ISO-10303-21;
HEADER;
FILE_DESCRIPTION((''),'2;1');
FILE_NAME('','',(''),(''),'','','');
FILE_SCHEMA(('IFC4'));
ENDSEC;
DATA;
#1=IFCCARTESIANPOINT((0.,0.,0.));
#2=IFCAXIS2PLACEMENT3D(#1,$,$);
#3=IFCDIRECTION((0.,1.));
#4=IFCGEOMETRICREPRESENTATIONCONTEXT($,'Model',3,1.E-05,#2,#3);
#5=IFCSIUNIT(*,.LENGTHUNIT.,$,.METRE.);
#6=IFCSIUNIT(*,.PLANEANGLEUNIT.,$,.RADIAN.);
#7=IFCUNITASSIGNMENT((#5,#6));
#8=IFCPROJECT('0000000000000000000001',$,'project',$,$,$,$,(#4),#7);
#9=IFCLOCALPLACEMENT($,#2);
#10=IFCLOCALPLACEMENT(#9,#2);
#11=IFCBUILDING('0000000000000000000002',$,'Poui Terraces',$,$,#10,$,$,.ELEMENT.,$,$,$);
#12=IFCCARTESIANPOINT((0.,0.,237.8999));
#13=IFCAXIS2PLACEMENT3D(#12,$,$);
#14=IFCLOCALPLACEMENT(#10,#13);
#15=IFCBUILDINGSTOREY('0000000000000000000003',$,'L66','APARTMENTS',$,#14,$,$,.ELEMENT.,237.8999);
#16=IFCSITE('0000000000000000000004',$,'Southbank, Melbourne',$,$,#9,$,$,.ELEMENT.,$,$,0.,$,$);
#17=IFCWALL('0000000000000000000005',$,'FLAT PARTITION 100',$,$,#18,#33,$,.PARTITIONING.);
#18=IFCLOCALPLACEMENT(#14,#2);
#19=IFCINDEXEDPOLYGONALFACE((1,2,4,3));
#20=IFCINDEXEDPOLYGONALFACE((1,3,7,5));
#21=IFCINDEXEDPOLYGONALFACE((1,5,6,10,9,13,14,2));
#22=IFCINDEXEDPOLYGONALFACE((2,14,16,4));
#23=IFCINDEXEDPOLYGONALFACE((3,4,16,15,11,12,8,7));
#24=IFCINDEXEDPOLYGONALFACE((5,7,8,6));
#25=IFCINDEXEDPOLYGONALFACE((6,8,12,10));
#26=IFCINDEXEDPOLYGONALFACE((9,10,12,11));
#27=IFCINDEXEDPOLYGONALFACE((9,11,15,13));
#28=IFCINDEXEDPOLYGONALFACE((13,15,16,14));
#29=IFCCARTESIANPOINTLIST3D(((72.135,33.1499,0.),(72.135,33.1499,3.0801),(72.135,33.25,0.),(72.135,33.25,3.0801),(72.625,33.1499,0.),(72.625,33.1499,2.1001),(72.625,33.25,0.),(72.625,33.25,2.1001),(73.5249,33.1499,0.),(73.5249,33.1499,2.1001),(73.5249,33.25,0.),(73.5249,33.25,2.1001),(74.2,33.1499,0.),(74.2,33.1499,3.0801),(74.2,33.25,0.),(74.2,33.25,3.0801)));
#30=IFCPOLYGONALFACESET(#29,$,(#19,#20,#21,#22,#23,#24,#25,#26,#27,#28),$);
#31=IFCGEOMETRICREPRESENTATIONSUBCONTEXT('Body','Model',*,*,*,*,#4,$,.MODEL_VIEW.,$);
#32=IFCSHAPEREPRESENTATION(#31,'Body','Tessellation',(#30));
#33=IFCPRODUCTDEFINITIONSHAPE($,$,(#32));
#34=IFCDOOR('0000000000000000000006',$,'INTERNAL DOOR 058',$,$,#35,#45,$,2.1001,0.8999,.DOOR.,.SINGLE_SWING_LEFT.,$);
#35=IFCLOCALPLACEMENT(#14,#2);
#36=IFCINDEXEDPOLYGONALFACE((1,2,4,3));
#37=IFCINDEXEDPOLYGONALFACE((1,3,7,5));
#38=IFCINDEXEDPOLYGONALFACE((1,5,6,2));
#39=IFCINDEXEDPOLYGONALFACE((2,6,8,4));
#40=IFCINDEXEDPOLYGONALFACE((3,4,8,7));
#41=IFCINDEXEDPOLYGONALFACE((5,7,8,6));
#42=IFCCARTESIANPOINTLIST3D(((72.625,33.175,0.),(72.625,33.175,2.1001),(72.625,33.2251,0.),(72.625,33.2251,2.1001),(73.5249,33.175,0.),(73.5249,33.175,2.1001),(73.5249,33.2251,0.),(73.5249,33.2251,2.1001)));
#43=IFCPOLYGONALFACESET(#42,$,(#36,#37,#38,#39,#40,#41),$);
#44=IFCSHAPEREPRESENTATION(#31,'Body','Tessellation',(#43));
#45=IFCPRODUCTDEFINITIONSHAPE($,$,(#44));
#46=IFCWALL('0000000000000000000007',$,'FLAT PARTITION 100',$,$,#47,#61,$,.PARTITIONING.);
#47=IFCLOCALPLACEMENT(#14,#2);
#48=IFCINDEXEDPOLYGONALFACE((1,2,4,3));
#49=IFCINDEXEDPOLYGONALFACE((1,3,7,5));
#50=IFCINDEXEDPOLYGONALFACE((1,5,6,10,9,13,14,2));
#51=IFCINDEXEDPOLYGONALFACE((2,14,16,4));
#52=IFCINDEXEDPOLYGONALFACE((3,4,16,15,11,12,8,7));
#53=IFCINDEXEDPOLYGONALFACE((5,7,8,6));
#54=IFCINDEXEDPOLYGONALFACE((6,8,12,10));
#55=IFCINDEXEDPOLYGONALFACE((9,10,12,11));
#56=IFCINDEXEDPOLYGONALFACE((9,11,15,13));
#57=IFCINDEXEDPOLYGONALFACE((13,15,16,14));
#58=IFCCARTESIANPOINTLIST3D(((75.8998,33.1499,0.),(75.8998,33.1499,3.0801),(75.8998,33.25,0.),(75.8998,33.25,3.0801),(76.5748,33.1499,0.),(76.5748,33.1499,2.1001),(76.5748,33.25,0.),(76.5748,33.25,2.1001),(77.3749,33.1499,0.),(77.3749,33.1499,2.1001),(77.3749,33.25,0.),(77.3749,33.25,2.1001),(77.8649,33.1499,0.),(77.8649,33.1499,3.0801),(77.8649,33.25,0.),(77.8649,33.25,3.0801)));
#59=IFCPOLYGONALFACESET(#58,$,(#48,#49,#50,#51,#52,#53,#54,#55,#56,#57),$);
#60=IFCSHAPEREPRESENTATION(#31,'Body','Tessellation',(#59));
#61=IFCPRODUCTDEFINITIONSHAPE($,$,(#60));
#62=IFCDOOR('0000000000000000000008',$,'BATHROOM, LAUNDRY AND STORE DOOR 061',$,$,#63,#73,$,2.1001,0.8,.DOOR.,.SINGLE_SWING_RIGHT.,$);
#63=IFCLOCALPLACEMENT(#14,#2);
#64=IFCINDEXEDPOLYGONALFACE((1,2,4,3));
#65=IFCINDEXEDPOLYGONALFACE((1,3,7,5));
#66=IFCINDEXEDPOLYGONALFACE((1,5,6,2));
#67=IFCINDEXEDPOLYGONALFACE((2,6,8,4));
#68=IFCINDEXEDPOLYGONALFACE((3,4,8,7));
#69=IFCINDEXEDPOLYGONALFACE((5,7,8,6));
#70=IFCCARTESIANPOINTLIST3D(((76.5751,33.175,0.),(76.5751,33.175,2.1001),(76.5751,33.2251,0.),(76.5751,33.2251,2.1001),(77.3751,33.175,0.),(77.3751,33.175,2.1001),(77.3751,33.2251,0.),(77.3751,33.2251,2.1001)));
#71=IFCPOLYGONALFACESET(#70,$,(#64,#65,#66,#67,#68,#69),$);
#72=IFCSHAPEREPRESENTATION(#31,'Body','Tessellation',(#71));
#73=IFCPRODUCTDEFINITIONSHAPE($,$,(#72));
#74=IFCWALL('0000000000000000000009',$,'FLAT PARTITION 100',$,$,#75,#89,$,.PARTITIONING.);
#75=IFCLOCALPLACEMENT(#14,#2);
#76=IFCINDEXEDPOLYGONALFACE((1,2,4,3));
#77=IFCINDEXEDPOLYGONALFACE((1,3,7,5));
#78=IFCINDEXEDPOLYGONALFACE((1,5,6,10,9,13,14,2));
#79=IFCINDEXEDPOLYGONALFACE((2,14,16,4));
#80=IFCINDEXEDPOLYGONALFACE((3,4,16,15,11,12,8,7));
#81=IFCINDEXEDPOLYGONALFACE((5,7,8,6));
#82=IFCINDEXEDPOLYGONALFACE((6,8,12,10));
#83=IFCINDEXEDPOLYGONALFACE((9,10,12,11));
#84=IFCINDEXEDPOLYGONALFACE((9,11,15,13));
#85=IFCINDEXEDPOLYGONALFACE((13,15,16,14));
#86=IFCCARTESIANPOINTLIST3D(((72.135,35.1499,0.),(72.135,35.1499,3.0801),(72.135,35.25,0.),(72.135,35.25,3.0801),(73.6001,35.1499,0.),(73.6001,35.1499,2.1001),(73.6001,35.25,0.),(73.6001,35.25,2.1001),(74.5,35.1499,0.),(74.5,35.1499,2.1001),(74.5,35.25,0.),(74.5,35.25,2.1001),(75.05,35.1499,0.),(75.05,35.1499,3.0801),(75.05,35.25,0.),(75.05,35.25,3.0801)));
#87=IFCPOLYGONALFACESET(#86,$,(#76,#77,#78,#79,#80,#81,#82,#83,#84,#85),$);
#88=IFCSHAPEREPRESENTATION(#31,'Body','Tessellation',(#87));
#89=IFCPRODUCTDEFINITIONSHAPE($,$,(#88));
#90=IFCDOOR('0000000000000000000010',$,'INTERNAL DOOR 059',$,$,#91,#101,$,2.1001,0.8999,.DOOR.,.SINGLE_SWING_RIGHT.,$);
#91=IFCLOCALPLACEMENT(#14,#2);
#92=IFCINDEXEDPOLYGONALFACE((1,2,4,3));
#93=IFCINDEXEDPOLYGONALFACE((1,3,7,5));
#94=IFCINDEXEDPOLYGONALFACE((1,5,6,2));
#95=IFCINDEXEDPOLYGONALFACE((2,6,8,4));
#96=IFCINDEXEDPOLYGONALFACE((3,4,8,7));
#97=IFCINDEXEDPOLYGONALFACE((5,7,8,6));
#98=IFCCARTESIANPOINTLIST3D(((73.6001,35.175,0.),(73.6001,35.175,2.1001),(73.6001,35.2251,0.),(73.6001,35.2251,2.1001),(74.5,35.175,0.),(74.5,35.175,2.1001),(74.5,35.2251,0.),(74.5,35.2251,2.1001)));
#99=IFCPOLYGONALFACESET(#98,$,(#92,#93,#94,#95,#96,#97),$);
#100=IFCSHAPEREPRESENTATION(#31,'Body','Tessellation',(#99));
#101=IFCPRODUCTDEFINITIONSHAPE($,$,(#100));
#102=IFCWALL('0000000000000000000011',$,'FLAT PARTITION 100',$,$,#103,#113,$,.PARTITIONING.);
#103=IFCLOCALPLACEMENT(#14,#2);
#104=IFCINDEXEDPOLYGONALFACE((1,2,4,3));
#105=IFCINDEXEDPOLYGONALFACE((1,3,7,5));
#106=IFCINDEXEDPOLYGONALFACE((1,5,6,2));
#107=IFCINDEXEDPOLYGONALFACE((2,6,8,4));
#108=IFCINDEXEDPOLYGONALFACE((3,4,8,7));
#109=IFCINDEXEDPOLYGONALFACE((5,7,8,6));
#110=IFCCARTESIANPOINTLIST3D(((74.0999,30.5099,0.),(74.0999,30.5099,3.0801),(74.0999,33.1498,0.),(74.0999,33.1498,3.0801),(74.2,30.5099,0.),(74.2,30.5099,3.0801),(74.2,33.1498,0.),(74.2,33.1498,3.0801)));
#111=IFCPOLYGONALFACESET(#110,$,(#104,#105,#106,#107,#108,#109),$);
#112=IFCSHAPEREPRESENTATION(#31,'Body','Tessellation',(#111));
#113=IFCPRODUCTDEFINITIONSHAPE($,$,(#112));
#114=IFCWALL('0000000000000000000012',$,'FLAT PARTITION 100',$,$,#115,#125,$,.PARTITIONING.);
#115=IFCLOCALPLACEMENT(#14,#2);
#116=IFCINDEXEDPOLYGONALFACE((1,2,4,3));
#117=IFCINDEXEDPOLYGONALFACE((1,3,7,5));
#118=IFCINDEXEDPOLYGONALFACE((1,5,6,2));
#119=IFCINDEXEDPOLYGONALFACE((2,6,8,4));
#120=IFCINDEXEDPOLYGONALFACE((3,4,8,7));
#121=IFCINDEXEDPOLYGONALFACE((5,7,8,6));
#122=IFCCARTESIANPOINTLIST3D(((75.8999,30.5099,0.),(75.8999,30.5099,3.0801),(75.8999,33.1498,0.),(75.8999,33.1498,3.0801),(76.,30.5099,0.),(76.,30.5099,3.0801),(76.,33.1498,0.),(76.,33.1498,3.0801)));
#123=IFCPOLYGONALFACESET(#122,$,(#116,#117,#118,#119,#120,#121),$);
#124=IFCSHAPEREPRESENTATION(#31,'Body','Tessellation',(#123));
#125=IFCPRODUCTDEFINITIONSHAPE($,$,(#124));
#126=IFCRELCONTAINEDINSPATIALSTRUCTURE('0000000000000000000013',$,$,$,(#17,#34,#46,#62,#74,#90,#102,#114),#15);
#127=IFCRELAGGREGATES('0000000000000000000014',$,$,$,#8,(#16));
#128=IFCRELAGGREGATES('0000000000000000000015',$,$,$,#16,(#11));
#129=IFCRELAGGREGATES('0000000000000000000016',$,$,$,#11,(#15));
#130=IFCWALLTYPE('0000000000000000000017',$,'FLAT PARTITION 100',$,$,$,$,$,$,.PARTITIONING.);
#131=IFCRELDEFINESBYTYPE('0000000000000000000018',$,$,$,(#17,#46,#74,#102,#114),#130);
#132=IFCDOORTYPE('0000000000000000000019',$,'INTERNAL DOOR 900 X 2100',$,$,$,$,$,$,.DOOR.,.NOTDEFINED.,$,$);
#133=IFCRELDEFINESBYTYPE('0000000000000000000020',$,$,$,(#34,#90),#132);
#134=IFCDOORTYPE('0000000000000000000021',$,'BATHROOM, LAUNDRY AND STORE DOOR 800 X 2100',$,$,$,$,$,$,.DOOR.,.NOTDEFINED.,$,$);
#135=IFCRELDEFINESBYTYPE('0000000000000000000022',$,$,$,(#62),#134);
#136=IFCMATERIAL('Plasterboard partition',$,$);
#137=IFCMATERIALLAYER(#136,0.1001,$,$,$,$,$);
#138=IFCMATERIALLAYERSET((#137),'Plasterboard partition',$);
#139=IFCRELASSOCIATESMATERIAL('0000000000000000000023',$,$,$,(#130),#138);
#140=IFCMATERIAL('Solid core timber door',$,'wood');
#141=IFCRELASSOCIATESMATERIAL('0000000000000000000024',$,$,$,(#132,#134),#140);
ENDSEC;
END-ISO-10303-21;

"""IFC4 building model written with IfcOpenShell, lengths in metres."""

from ifc_helpers import new_model, si_unit, direction, frame, frame_2d, origin, place, context, subcontext, project, spatial, rectangle, extrude, material, layer, layer_set, type_object, element, fill, save


model = new_model("IFC4")

# Units and contexts
model_context = context("Model", 3, precision=1e-05, world=origin(), true_north=direction((0.0, 1.0)))
body_context = subcontext(model_context, "Body", "Model", "MODEL_VIEW")
ifc_project = project(units=[si_unit("LENGTHUNIT", "METRE"), si_unit("PLANEANGLEUNIT", "RADIAN")], contexts=[model_context])

# Site, building, storey
site_placement = place(None, origin())
site = spatial("IfcSite", under=ifc_project, at=site_placement, Name="Southbank, Melbourne", CompositionType="ELEMENT", RefElevation=0.0)
building_placement = place(site_placement, origin())
building = spatial("IfcBuilding", under=site, at=building_placement, Name="Poui Terraces", CompositionType="ELEMENT")
storey_placement = place(building_placement, frame((0.0, 0.0, 237.8999)))
storey = spatial("IfcBuildingStorey", under=building, at=storey_placement, Name="L66", Description="APARTMENTS", CompositionType="ELEMENT", Elevation=237.8999)

# Walls, openings, doors
ifc_material_1 = material(Name="Plasterboard partition")
ifc_layer = layer(ifc_material_1, 0.1001)
ifc_layer_set = layer_set([ifc_layer], Name="Plasterboard partition")
wall_type = type_object("IfcWallType", Name="FLAT PARTITION 100", PredefinedType="PARTITIONING", material=ifc_layer_set)
wall_1_placement = place(storey_placement, frame((72.135, 33.2, 0.0), z_axis=(0.0, 0.0, 1.0), x_axis=(1.0, 0.0, 0.0)))
wall_1 = element("IfcWall", 1, at=wall_1_placement, inside=storey, type_object=wall_type, Name="FLAT PARTITION 100", PredefinedType="PARTITIONING", context=body_context, shape_type="SweptSolid", body=[
    extrude(rectangle(XDim=2.0649, YDim=0.1001, at=frame_2d((1.0325, 0.0))), origin(), (0.0, 0.0, 1.0), 3.0801),
])
opening_1_placement = place(wall_1_placement, frame((0.49, 0.0, 0.0)))
opening_1 = element("IfcOpeningElement", 2, at=opening_1_placement, cuts=wall_1, PredefinedType="OPENING", context=body_context, shape_type="SweptSolid", body=[
    extrude(rectangle(XDim=0.8999, YDim=2.1001, at=frame_2d((0.45, 1.05))), frame((0.0, 0.0601, 0.0), z_axis=(0.0, -1.0, 0.0), x_axis=(1.0, 0.0, 0.0)), (0.0, 0.0, 1.0), 0.1201),
])
ifc_material_2 = material(Name="Solid core timber door", Category="wood")
door_type_1 = type_object("IfcDoorType", Name="INTERNAL DOOR 900 X 2100", OperationType="NOTDEFINED", PredefinedType="DOOR", material=ifc_material_2)
door_1_placement = place(opening_1_placement, frame((0.8999, 0.0, 0.0), z_axis=(0.0, 0.0, 1.0), x_axis=(-1.0, 0.0, 0.0)))
door_1 = element("IfcDoor", 3, at=door_1_placement, inside=storey, type_object=door_type_1, Name="INTERNAL DOOR 058", OperationType="SINGLE_SWING_LEFT", OverallHeight=2.1001, OverallWidth=0.8999, PredefinedType="DOOR", context=body_context, shape_type="SweptSolid", body=[
    extrude(rectangle(XDim=0.8999, YDim=2.1001, at=frame_2d((0.45, 1.05))), frame((0.0, 0.0249, 0.0), z_axis=(0.0, -1.0, 0.0), x_axis=(1.0, 0.0, 0.0)), (0.0, 0.0, 1.0), 0.05),
])
fill(opening_1, door_1)
wall_2_placement = place(storey_placement, frame((75.8999, 33.2, 0.0), z_axis=(0.0, 0.0, 1.0), x_axis=(1.0, 0.0, 0.0)))
wall_2 = element("IfcWall", 4, at=wall_2_placement, inside=storey, type_object=wall_type, Name="FLAT PARTITION 100", PredefinedType="PARTITIONING", context=body_context, shape_type="SweptSolid", body=[
    extrude(rectangle(XDim=1.9651, YDim=0.1001, at=frame_2d((0.9824, 0.0))), origin(), (0.0, 0.0, 1.0), 3.0801),
])
opening_2_placement = place(wall_2_placement, frame((0.675, 0.0, 0.0)))
opening_2 = element("IfcOpeningElement", 5, at=opening_2_placement, cuts=wall_2, PredefinedType="OPENING", context=body_context, shape_type="SweptSolid", body=[
    extrude(rectangle(XDim=0.8, YDim=2.1001, at=frame_2d((0.3999, 1.05))), frame((0.0, 0.0601, 0.0), z_axis=(0.0, -1.0, 0.0), x_axis=(1.0, 0.0, 0.0)), (0.0, 0.0, 1.0), 0.1201),
])
door_type_2 = type_object("IfcDoorType", Name="BATHROOM, LAUNDRY AND STORE DOOR 800 X 2100", OperationType="NOTDEFINED", PredefinedType="DOOR", material=ifc_material_2)
door_2_placement = place(opening_2_placement, frame((0.8, 0.0, 0.0), z_axis=(0.0, 0.0, 1.0), x_axis=(-1.0, 0.0, 0.0)))
door_2 = element("IfcDoor", 6, at=door_2_placement, inside=storey, type_object=door_type_2, Name="BATHROOM, LAUNDRY AND STORE DOOR 061", OperationType="SINGLE_SWING_RIGHT", OverallHeight=2.1001, OverallWidth=0.8, PredefinedType="DOOR", context=body_context, shape_type="SweptSolid", body=[
    extrude(rectangle(XDim=0.8, YDim=2.1001, at=frame_2d((0.3999, 1.05))), frame((0.0, 0.0249, 0.0), z_axis=(0.0, -1.0, 0.0), x_axis=(1.0, 0.0, 0.0)), (0.0, 0.0, 1.0), 0.05),
])
fill(opening_2, door_2)
wall_3_placement = place(storey_placement, frame((72.135, 35.2, 0.0), z_axis=(0.0, 0.0, 1.0), x_axis=(1.0, 0.0, 0.0)))
wall_3 = element("IfcWall", 7, at=wall_3_placement, inside=storey, type_object=wall_type, Name="FLAT PARTITION 100", PredefinedType="PARTITIONING", context=body_context, shape_type="SweptSolid", body=[
    extrude(rectangle(XDim=2.915, YDim=0.1001, at=frame_2d((1.4575, 0.0))), origin(), (0.0, 0.0, 1.0), 3.0801),
])
opening_3_placement = place(wall_3_placement, frame((1.4651, 0.0, 0.0)))
opening_3 = element("IfcOpeningElement", 8, at=opening_3_placement, cuts=wall_3, PredefinedType="OPENING", context=body_context, shape_type="SweptSolid", body=[
    extrude(rectangle(XDim=0.8999, YDim=2.1001, at=frame_2d((0.45, 1.05))), frame((0.0, 0.0601, 0.0), z_axis=(0.0, -1.0, 0.0), x_axis=(1.0, 0.0, 0.0)), (0.0, 0.0, 1.0), 0.1201),
])
door_3_placement = place(opening_3_placement, frame((0.8999, 0.0, 0.0), z_axis=(0.0, 0.0, 1.0), x_axis=(-1.0, 0.0, 0.0)))
door_3 = element("IfcDoor", 9, at=door_3_placement, inside=storey, type_object=door_type_1, Name="INTERNAL DOOR 059", OperationType="SINGLE_SWING_RIGHT", OverallHeight=2.1001, OverallWidth=0.8999, PredefinedType="DOOR", context=body_context, shape_type="SweptSolid", body=[
    extrude(rectangle(XDim=0.8999, YDim=2.1001, at=frame_2d((0.45, 1.05))), frame((0.0, 0.0249, 0.0), z_axis=(0.0, -1.0, 0.0), x_axis=(1.0, 0.0, 0.0)), (0.0, 0.0, 1.0), 0.05),
])
fill(opening_3, door_3)

# Walls
for number, where, z_axis, x_axis, name in (
    (10, (74.1499, 30.51, 0.0), (0.0, 0.0, 1.0), (0.0, 1.0, 0.0), "FLAT PARTITION 100"),
    (11, (75.95, 30.51, 0.0), (0.0, 0.0, 1.0), (0.0, 1.0, 0.0), "FLAT PARTITION 100"),
):
    element("IfcWall", number, at=place(storey_placement, frame(where, z_axis=z_axis, x_axis=x_axis)), inside=storey, type_object=wall_type, Name=name, PredefinedType="PARTITIONING", context=body_context, shape_type="SweptSolid", body=[
        extrude(rectangle(XDim=2.6399, YDim=0.1001, at=frame_2d((1.3198, 0.0))), origin(), (0.0, 0.0, 1.0), 3.0801),
    ])

save(model, "model.ifc")
